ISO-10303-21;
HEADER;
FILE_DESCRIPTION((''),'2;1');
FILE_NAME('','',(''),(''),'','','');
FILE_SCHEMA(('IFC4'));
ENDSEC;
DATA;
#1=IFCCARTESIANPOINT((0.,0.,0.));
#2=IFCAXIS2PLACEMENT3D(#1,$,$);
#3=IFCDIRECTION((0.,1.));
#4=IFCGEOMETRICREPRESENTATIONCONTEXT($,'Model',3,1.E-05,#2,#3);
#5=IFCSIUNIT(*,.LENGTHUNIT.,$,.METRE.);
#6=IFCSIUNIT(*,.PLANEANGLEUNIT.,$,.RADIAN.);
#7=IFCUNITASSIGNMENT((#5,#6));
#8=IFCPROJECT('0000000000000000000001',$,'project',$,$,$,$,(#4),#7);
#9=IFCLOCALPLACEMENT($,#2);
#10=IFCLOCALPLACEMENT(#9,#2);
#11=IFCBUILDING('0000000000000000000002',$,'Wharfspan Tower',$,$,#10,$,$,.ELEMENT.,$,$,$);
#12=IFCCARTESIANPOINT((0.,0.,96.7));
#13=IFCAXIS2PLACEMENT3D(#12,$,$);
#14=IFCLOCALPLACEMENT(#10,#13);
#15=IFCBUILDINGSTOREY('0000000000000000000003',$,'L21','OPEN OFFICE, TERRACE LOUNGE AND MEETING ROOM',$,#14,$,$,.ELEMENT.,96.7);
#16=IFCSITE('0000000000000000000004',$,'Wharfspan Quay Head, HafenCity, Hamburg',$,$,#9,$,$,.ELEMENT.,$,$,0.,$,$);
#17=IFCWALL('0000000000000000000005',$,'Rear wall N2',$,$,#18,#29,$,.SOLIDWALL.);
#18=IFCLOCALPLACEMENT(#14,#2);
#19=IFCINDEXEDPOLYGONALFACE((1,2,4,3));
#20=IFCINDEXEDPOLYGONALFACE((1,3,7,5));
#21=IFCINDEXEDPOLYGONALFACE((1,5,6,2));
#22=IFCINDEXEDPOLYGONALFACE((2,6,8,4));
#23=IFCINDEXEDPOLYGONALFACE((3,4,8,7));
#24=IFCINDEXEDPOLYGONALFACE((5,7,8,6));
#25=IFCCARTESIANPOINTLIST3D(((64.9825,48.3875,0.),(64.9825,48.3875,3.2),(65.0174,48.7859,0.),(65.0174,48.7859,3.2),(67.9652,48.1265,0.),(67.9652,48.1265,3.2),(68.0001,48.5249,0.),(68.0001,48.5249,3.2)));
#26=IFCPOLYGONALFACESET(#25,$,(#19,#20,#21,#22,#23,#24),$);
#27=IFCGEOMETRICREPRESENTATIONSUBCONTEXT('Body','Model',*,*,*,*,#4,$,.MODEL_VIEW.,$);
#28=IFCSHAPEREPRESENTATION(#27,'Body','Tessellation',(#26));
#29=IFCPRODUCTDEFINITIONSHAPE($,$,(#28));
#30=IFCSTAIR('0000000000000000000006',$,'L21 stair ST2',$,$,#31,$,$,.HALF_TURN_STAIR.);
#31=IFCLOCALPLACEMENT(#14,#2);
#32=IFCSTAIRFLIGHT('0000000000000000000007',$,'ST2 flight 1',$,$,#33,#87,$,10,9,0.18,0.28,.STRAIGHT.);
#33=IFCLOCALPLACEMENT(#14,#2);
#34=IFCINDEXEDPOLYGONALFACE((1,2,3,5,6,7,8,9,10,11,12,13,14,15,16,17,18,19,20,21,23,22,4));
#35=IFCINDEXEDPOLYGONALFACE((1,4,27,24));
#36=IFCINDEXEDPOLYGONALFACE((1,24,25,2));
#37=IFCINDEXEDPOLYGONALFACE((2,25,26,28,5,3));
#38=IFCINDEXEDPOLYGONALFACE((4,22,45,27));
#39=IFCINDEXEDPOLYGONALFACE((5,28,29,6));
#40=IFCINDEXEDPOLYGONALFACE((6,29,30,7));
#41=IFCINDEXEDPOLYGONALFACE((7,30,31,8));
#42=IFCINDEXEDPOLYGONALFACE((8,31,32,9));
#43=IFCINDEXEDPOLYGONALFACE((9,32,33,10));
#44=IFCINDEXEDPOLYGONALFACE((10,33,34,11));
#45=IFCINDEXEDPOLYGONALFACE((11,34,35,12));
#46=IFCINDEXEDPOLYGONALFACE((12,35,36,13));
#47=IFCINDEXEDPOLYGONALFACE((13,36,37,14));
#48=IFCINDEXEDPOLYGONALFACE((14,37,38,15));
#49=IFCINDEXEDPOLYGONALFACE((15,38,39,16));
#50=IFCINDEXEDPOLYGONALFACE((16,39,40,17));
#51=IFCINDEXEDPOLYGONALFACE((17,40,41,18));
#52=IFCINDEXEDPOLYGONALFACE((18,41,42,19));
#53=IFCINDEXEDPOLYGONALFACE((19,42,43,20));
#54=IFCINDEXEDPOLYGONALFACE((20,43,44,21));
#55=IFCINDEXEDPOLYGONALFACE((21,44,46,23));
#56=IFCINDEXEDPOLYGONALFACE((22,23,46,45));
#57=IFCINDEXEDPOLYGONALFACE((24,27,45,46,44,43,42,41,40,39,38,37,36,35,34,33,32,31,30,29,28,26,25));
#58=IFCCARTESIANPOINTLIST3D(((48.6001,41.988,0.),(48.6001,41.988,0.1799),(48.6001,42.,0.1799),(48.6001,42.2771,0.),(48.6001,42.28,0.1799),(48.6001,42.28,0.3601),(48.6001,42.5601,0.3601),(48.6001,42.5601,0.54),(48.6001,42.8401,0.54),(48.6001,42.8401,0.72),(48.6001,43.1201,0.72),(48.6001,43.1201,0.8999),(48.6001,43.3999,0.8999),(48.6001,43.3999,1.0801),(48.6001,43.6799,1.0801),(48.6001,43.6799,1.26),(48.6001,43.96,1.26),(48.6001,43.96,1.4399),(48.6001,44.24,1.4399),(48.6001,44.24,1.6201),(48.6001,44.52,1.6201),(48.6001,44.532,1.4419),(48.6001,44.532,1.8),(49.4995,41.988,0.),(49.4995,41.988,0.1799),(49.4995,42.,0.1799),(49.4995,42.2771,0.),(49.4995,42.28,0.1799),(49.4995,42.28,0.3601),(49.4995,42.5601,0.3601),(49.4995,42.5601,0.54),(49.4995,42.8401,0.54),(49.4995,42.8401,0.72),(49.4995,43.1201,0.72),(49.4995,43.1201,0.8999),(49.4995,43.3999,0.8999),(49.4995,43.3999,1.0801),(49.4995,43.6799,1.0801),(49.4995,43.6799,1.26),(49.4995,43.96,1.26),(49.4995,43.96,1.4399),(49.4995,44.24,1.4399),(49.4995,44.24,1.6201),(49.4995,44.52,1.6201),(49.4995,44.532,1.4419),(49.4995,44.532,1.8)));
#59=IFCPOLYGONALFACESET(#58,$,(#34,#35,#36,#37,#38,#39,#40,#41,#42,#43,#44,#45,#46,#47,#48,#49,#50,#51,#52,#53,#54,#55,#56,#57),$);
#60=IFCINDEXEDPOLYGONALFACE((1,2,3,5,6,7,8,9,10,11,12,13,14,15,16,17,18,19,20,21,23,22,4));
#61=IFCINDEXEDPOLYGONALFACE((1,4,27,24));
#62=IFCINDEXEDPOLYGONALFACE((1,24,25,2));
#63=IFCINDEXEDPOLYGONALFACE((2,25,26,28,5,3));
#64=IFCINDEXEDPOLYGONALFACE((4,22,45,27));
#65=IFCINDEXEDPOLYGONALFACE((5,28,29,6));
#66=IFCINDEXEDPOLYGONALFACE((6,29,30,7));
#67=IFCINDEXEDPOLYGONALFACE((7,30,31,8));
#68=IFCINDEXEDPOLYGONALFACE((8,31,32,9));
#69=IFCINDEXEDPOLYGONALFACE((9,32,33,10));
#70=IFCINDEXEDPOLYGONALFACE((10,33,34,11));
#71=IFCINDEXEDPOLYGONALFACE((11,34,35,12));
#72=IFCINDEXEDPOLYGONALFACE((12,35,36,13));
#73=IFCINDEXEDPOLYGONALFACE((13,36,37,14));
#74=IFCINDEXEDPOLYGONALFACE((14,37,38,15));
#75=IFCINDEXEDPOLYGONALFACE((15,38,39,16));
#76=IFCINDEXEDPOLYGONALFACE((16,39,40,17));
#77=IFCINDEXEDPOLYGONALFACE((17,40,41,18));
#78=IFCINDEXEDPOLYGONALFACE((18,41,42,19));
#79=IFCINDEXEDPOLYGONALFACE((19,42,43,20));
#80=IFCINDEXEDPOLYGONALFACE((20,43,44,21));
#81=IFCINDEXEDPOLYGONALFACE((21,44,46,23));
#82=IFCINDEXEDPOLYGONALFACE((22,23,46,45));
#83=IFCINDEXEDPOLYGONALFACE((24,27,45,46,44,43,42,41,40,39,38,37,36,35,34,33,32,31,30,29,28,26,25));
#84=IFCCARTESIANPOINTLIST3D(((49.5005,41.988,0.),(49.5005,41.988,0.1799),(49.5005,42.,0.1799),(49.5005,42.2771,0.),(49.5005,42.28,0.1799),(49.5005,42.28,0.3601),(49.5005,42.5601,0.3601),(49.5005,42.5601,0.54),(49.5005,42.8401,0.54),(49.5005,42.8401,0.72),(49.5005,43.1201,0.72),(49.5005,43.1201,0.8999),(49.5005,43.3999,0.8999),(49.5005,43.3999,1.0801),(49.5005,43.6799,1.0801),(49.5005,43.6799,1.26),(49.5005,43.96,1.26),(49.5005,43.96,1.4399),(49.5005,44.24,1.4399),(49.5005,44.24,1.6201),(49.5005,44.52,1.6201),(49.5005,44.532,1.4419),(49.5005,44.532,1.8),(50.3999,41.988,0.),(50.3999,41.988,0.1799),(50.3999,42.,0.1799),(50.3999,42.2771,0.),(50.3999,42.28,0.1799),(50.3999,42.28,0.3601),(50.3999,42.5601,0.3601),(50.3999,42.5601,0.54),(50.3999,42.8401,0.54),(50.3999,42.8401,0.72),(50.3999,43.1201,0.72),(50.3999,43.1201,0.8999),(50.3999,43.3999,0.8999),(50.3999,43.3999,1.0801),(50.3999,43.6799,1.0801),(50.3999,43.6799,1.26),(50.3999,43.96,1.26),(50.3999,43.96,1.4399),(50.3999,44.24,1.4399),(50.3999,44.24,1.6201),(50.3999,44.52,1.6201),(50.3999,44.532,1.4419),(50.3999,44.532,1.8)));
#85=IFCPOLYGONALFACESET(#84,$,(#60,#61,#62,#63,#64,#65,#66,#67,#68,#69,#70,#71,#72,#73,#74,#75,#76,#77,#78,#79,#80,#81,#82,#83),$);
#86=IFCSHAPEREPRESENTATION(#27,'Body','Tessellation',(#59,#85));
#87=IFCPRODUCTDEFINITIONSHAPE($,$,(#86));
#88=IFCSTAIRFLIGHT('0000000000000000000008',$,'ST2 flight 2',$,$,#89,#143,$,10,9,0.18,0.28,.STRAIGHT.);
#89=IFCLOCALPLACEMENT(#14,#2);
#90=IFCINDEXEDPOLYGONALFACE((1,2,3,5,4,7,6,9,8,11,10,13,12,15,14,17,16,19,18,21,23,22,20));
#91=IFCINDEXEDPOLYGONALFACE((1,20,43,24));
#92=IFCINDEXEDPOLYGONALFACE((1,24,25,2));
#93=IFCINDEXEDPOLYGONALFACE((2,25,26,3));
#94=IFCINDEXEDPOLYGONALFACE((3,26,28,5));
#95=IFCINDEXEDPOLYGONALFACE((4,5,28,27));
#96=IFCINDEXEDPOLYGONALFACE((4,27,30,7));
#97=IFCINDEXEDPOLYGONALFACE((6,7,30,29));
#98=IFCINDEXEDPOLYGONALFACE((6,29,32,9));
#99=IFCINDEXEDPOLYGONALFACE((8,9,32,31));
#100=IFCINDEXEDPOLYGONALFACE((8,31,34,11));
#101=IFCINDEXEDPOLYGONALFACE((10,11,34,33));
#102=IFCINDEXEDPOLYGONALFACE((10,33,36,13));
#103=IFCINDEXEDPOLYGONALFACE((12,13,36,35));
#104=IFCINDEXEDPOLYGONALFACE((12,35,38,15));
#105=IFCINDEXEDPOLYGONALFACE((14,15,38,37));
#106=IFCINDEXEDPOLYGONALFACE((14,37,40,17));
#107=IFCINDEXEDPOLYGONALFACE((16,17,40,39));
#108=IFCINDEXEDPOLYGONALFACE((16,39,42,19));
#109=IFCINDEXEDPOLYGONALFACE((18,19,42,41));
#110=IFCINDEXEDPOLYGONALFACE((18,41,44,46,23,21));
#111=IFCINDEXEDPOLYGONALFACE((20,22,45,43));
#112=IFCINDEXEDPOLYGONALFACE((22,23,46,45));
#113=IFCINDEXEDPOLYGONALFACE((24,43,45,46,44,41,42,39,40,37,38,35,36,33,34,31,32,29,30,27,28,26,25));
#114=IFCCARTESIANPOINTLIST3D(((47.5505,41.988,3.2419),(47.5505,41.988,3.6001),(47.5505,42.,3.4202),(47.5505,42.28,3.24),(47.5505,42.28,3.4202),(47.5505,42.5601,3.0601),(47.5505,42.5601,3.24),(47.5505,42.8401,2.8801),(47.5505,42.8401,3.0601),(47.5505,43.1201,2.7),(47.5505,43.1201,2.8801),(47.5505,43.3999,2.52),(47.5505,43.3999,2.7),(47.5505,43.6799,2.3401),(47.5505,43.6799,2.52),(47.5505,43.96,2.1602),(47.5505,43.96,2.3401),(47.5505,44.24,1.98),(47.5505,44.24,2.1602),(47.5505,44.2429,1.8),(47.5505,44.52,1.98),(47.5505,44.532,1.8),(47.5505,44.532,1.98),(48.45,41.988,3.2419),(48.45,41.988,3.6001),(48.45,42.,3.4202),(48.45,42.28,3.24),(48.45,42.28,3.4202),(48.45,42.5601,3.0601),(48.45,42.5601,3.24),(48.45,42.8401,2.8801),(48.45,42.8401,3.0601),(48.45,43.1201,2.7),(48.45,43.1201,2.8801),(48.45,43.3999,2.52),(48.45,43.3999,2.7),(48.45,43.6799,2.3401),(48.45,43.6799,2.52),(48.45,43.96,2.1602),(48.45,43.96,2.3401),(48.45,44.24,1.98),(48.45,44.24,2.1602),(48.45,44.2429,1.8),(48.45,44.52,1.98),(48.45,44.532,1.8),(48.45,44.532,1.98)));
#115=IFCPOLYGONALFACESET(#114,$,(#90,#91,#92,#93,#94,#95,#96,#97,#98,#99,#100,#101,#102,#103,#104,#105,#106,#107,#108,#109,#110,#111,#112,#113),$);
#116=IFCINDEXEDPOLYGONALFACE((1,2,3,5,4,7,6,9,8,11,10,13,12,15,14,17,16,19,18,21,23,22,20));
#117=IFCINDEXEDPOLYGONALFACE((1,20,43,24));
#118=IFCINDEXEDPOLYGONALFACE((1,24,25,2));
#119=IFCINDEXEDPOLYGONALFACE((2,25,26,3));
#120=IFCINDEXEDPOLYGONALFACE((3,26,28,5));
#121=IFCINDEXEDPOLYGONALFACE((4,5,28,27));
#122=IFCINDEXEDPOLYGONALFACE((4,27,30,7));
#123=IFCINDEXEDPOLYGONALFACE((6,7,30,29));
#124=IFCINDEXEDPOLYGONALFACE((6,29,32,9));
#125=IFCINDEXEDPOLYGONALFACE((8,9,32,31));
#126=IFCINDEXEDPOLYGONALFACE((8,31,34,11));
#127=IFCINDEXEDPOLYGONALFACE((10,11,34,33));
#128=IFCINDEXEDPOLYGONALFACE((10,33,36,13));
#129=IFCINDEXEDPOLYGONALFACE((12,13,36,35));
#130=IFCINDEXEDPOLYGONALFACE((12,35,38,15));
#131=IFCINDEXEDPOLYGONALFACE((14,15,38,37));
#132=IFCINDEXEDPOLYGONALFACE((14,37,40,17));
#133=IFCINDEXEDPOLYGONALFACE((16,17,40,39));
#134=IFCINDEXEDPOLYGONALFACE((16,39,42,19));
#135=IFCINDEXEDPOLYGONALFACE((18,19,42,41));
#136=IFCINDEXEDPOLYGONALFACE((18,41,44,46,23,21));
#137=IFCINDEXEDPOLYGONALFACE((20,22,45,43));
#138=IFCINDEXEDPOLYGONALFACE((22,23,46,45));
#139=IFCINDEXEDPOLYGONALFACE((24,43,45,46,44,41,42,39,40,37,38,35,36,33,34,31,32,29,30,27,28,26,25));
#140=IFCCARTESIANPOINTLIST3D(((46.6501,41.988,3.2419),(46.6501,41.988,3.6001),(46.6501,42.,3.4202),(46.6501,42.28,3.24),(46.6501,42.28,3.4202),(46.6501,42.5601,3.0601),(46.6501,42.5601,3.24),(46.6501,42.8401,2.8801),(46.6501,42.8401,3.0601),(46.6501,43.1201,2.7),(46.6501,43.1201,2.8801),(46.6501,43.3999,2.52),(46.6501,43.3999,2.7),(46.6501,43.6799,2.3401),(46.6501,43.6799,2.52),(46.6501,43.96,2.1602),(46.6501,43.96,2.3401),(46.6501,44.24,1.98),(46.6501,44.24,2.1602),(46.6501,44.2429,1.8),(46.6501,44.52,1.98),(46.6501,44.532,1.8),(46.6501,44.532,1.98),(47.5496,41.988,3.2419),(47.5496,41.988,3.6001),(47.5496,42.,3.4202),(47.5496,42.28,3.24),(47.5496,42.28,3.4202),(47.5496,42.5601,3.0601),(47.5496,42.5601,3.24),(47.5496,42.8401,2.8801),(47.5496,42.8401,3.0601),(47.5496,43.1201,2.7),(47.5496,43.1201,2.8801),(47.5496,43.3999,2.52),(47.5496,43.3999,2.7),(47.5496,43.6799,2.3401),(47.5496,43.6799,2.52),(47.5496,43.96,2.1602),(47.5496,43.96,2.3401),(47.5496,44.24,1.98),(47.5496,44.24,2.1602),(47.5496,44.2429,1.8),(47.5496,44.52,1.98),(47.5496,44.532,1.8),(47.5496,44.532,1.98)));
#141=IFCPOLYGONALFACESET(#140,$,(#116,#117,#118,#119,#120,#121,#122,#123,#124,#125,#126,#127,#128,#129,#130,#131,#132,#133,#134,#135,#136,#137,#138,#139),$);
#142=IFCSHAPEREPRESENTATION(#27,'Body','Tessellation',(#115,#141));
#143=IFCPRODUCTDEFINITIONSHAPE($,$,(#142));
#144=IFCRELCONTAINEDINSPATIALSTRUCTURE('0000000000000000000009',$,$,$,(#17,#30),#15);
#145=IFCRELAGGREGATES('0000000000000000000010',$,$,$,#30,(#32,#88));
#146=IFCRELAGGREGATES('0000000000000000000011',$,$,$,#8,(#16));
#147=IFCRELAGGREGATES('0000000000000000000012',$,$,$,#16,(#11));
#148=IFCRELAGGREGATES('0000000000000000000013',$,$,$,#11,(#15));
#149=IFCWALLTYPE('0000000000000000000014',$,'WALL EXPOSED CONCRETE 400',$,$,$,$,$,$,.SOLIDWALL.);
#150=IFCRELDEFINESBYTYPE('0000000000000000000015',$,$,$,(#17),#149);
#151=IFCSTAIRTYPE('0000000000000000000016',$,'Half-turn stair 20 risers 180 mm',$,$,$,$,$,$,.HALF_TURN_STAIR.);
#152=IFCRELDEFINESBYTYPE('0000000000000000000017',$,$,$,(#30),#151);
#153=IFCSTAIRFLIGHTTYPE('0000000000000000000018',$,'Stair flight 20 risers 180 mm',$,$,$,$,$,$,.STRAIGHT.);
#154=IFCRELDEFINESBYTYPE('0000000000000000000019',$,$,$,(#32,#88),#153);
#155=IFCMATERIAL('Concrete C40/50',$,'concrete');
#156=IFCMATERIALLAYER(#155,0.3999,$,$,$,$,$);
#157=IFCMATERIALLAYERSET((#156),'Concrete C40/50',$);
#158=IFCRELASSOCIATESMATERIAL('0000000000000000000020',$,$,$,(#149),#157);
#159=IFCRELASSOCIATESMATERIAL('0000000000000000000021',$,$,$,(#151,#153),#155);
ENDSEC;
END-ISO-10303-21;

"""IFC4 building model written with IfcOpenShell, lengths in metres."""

from ifc_helpers import new_model, si_unit, direction, frame, frame_2d, origin, place, context, subcontext, project, spatial, polyline, rectangle, outline, extrude, material, layer, layer_set, type_object, element, aggregate, save


model = new_model("IFC4")

# Units and contexts
model_context = context("Model", 3, precision=1e-05, world=origin(), true_north=direction((0.0, 1.0)))
body_context = subcontext(model_context, "Body", "Model", "MODEL_VIEW")
ifc_project = project(units=[si_unit("LENGTHUNIT", "METRE"), si_unit("PLANEANGLEUNIT", "RADIAN")], contexts=[model_context])

# Site, building, storey
site_placement = place(None, origin())
site = spatial("IfcSite", under=ifc_project, at=site_placement, Name="Wharfspan Quay Head, HafenCity, Hamburg", CompositionType="ELEMENT", RefElevation=0.0)
building_placement = place(site_placement, origin())
building = spatial("IfcBuilding", under=site, at=building_placement, Name="Wharfspan Tower", CompositionType="ELEMENT")
storey_placement = place(building_placement, frame((0.0, 0.0, 96.7)))
storey = spatial("IfcBuildingStorey", under=building, at=storey_placement, Name="L21", Description="OPEN OFFICE, TERRACE LOUNGE AND MEETING ROOM", CompositionType="ELEMENT", Elevation=96.7)

# Shared definitions
ifc_material_1 = material(Name="Concrete C40/50", Category="concrete")

# Wall
ifc_layer_1 = layer(ifc_material_1, 0.3999)
ifc_layer_set_1 = layer_set([ifc_layer_1], Name="Concrete C40/50")
wall_type_1 = type_object("IfcWallType", Name="WALL EXPOSED CONCRETE 400", PredefinedType="SOLIDWALL", material=ifc_layer_set_1)
wall_1_placement = place(storey_placement, frame((67.9827, 48.3257, 0.0), z_axis=(0.0, 0.0, 1.0), x_axis=(-0.996194, 0.087168, 0.0)))
element("IfcWall", 1, at=wall_1_placement, inside=storey, type_object=wall_type_1, Name="Rear wall N2", PredefinedType="SOLIDWALL", context=body_context, shape_type="SweptSolid", body=[
    extrude(rectangle(XDim=2.9941, YDim=0.3999, at=frame_2d((1.4971, 0.0))), origin(), (0.0, 0.0, 1.0), 3.2),
])

# Stair, stair flights
stair_type = type_object("IfcStairType", Name="Half-turn stair 20 risers 180 mm", PredefinedType="HALF_TURN_STAIR", material=ifc_material_1)
stair_placement = place(storey_placement, origin())
stair = element("IfcStair", 2, at=stair_placement, inside=storey, type_object=stair_type, Name="L21 stair ST2", PredefinedType="HALF_TURN_STAIR")
stair_flight_type = type_object("IfcStairFlightType", Name="Stair flight 20 risers 180 mm", PredefinedType="STRAIGHT", material=ifc_material_1)
stair_flight_1_placement = place(storey_placement, frame((49.5, 42.0, 0.0), z_axis=(0.0, 0.0, 1.0), x_axis=(0.0, 1.0, 0.0)))
stair_flight_1 = element("IfcStairFlight", 3, at=stair_flight_1_placement, type_object=stair_flight_type, Name="ST2 flight 1", NumberOfRisers=10, NumberOfTreads=9, PredefinedType="STRAIGHT", RiserHeight=0.18, TreadLength=0.28, context=body_context, shape_type="SweptSolid", body=[
    extrude(outline(polyline([(-0.012, 0.0), (-0.012, 0.1799), (0.0, 0.1799), (0.28, 0.1799), (0.28, 0.3601), (0.5601, 0.3601), (0.5601, 0.54), (0.8401, 0.54), (0.8401, 0.72), (1.1201, 0.72), (1.1201, 0.8999), (1.3999, 0.8999), (1.3999, 1.0801), (1.6799, 1.0801), (1.6799, 1.26), (1.96, 1.26), (1.96, 1.4399), (2.24, 1.4399), (2.24, 1.6201), (2.52, 1.6201), (2.532, 1.8), (2.532, 1.4419), (0.2771, 0.0), (-0.012, 0.0)])), frame((0.0, 0.8999, 0.0), z_axis=(0.0, -1.0, 0.0), x_axis=(1.0, 0.0, 0.0)), (0.0, 0.0, 1.0), 0.8994),
    extrude(outline(polyline([(-0.012, 0.0), (-0.012, 0.1799), (0.0, 0.1799), (0.28, 0.1799), (0.28, 0.3601), (0.5601, 0.3601), (0.5601, 0.54), (0.8401, 0.54), (0.8401, 0.72), (1.1201, 0.72), (1.1201, 0.8999), (1.3999, 0.8999), (1.3999, 1.0801), (1.6799, 1.0801), (1.6799, 1.26), (1.96, 1.26), (1.96, 1.4399), (2.24, 1.4399), (2.24, 1.6201), (2.52, 1.6201), (2.532, 1.8), (2.532, 1.4419), (0.2771, 0.0), (-0.012, 0.0)])), frame((0.0, -0.0005, 0.0), z_axis=(0.0, -1.0, 0.0), x_axis=(1.0, 0.0, 0.0)), (0.0, 0.0, 1.0), 0.8994),
])
stair_flight_2_placement = place(storey_placement, frame((47.55, 44.52, 1.8), z_axis=(0.0, 0.0, 1.0), x_axis=(0.0, -1.0, 0.0)))
stair_flight_2 = element("IfcStairFlight", 4, at=stair_flight_2_placement, type_object=stair_flight_type, Name="ST2 flight 2", NumberOfRisers=10, NumberOfTreads=9, PredefinedType="STRAIGHT", RiserHeight=0.18, TreadLength=0.28, context=body_context, shape_type="SweptSolid", body=[
    extrude(outline(polyline([(-0.012, 0.0), (-0.012, 0.1799), (0.0, 0.1799), (0.28, 0.1799), (0.28, 0.3601), (0.5601, 0.3601), (0.5601, 0.54), (0.8401, 0.54), (0.8401, 0.72), (1.1201, 0.72), (1.1201, 0.8999), (1.3999, 0.8999), (1.3999, 1.0801), (1.6799, 1.0801), (1.6799, 1.26), (1.96, 1.26), (1.96, 1.4399), (2.24, 1.4399), (2.24, 1.6201), (2.52, 1.6201), (2.532, 1.8), (2.532, 1.4419), (0.2771, 0.0), (-0.012, 0.0)])), frame((0.0, 0.8999, 0.0), z_axis=(0.0, -1.0, 0.0), x_axis=(1.0, 0.0, 0.0)), (0.0, 0.0, 1.0), 0.8994),
    extrude(outline(polyline([(-0.012, 0.0), (-0.012, 0.1799), (0.0, 0.1799), (0.28, 0.1799), (0.28, 0.3601), (0.5601, 0.3601), (0.5601, 0.54), (0.8401, 0.54), (0.8401, 0.72), (1.1201, 0.72), (1.1201, 0.8999), (1.3999, 0.8999), (1.3999, 1.0801), (1.6799, 1.0801), (1.6799, 1.26), (1.96, 1.26), (1.96, 1.4399), (2.24, 1.4399), (2.24, 1.6201), (2.52, 1.6201), (2.532, 1.8), (2.532, 1.4419), (0.2771, 0.0), (-0.012, 0.0)])), frame((0.0, -0.0005, 0.0), z_axis=(0.0, -1.0, 0.0), x_axis=(1.0, 0.0, 0.0)), (0.0, 0.0, 1.0), 0.8994),
])
aggregate(stair, [stair_flight_1, stair_flight_2])

save(model, "model.ifc")
